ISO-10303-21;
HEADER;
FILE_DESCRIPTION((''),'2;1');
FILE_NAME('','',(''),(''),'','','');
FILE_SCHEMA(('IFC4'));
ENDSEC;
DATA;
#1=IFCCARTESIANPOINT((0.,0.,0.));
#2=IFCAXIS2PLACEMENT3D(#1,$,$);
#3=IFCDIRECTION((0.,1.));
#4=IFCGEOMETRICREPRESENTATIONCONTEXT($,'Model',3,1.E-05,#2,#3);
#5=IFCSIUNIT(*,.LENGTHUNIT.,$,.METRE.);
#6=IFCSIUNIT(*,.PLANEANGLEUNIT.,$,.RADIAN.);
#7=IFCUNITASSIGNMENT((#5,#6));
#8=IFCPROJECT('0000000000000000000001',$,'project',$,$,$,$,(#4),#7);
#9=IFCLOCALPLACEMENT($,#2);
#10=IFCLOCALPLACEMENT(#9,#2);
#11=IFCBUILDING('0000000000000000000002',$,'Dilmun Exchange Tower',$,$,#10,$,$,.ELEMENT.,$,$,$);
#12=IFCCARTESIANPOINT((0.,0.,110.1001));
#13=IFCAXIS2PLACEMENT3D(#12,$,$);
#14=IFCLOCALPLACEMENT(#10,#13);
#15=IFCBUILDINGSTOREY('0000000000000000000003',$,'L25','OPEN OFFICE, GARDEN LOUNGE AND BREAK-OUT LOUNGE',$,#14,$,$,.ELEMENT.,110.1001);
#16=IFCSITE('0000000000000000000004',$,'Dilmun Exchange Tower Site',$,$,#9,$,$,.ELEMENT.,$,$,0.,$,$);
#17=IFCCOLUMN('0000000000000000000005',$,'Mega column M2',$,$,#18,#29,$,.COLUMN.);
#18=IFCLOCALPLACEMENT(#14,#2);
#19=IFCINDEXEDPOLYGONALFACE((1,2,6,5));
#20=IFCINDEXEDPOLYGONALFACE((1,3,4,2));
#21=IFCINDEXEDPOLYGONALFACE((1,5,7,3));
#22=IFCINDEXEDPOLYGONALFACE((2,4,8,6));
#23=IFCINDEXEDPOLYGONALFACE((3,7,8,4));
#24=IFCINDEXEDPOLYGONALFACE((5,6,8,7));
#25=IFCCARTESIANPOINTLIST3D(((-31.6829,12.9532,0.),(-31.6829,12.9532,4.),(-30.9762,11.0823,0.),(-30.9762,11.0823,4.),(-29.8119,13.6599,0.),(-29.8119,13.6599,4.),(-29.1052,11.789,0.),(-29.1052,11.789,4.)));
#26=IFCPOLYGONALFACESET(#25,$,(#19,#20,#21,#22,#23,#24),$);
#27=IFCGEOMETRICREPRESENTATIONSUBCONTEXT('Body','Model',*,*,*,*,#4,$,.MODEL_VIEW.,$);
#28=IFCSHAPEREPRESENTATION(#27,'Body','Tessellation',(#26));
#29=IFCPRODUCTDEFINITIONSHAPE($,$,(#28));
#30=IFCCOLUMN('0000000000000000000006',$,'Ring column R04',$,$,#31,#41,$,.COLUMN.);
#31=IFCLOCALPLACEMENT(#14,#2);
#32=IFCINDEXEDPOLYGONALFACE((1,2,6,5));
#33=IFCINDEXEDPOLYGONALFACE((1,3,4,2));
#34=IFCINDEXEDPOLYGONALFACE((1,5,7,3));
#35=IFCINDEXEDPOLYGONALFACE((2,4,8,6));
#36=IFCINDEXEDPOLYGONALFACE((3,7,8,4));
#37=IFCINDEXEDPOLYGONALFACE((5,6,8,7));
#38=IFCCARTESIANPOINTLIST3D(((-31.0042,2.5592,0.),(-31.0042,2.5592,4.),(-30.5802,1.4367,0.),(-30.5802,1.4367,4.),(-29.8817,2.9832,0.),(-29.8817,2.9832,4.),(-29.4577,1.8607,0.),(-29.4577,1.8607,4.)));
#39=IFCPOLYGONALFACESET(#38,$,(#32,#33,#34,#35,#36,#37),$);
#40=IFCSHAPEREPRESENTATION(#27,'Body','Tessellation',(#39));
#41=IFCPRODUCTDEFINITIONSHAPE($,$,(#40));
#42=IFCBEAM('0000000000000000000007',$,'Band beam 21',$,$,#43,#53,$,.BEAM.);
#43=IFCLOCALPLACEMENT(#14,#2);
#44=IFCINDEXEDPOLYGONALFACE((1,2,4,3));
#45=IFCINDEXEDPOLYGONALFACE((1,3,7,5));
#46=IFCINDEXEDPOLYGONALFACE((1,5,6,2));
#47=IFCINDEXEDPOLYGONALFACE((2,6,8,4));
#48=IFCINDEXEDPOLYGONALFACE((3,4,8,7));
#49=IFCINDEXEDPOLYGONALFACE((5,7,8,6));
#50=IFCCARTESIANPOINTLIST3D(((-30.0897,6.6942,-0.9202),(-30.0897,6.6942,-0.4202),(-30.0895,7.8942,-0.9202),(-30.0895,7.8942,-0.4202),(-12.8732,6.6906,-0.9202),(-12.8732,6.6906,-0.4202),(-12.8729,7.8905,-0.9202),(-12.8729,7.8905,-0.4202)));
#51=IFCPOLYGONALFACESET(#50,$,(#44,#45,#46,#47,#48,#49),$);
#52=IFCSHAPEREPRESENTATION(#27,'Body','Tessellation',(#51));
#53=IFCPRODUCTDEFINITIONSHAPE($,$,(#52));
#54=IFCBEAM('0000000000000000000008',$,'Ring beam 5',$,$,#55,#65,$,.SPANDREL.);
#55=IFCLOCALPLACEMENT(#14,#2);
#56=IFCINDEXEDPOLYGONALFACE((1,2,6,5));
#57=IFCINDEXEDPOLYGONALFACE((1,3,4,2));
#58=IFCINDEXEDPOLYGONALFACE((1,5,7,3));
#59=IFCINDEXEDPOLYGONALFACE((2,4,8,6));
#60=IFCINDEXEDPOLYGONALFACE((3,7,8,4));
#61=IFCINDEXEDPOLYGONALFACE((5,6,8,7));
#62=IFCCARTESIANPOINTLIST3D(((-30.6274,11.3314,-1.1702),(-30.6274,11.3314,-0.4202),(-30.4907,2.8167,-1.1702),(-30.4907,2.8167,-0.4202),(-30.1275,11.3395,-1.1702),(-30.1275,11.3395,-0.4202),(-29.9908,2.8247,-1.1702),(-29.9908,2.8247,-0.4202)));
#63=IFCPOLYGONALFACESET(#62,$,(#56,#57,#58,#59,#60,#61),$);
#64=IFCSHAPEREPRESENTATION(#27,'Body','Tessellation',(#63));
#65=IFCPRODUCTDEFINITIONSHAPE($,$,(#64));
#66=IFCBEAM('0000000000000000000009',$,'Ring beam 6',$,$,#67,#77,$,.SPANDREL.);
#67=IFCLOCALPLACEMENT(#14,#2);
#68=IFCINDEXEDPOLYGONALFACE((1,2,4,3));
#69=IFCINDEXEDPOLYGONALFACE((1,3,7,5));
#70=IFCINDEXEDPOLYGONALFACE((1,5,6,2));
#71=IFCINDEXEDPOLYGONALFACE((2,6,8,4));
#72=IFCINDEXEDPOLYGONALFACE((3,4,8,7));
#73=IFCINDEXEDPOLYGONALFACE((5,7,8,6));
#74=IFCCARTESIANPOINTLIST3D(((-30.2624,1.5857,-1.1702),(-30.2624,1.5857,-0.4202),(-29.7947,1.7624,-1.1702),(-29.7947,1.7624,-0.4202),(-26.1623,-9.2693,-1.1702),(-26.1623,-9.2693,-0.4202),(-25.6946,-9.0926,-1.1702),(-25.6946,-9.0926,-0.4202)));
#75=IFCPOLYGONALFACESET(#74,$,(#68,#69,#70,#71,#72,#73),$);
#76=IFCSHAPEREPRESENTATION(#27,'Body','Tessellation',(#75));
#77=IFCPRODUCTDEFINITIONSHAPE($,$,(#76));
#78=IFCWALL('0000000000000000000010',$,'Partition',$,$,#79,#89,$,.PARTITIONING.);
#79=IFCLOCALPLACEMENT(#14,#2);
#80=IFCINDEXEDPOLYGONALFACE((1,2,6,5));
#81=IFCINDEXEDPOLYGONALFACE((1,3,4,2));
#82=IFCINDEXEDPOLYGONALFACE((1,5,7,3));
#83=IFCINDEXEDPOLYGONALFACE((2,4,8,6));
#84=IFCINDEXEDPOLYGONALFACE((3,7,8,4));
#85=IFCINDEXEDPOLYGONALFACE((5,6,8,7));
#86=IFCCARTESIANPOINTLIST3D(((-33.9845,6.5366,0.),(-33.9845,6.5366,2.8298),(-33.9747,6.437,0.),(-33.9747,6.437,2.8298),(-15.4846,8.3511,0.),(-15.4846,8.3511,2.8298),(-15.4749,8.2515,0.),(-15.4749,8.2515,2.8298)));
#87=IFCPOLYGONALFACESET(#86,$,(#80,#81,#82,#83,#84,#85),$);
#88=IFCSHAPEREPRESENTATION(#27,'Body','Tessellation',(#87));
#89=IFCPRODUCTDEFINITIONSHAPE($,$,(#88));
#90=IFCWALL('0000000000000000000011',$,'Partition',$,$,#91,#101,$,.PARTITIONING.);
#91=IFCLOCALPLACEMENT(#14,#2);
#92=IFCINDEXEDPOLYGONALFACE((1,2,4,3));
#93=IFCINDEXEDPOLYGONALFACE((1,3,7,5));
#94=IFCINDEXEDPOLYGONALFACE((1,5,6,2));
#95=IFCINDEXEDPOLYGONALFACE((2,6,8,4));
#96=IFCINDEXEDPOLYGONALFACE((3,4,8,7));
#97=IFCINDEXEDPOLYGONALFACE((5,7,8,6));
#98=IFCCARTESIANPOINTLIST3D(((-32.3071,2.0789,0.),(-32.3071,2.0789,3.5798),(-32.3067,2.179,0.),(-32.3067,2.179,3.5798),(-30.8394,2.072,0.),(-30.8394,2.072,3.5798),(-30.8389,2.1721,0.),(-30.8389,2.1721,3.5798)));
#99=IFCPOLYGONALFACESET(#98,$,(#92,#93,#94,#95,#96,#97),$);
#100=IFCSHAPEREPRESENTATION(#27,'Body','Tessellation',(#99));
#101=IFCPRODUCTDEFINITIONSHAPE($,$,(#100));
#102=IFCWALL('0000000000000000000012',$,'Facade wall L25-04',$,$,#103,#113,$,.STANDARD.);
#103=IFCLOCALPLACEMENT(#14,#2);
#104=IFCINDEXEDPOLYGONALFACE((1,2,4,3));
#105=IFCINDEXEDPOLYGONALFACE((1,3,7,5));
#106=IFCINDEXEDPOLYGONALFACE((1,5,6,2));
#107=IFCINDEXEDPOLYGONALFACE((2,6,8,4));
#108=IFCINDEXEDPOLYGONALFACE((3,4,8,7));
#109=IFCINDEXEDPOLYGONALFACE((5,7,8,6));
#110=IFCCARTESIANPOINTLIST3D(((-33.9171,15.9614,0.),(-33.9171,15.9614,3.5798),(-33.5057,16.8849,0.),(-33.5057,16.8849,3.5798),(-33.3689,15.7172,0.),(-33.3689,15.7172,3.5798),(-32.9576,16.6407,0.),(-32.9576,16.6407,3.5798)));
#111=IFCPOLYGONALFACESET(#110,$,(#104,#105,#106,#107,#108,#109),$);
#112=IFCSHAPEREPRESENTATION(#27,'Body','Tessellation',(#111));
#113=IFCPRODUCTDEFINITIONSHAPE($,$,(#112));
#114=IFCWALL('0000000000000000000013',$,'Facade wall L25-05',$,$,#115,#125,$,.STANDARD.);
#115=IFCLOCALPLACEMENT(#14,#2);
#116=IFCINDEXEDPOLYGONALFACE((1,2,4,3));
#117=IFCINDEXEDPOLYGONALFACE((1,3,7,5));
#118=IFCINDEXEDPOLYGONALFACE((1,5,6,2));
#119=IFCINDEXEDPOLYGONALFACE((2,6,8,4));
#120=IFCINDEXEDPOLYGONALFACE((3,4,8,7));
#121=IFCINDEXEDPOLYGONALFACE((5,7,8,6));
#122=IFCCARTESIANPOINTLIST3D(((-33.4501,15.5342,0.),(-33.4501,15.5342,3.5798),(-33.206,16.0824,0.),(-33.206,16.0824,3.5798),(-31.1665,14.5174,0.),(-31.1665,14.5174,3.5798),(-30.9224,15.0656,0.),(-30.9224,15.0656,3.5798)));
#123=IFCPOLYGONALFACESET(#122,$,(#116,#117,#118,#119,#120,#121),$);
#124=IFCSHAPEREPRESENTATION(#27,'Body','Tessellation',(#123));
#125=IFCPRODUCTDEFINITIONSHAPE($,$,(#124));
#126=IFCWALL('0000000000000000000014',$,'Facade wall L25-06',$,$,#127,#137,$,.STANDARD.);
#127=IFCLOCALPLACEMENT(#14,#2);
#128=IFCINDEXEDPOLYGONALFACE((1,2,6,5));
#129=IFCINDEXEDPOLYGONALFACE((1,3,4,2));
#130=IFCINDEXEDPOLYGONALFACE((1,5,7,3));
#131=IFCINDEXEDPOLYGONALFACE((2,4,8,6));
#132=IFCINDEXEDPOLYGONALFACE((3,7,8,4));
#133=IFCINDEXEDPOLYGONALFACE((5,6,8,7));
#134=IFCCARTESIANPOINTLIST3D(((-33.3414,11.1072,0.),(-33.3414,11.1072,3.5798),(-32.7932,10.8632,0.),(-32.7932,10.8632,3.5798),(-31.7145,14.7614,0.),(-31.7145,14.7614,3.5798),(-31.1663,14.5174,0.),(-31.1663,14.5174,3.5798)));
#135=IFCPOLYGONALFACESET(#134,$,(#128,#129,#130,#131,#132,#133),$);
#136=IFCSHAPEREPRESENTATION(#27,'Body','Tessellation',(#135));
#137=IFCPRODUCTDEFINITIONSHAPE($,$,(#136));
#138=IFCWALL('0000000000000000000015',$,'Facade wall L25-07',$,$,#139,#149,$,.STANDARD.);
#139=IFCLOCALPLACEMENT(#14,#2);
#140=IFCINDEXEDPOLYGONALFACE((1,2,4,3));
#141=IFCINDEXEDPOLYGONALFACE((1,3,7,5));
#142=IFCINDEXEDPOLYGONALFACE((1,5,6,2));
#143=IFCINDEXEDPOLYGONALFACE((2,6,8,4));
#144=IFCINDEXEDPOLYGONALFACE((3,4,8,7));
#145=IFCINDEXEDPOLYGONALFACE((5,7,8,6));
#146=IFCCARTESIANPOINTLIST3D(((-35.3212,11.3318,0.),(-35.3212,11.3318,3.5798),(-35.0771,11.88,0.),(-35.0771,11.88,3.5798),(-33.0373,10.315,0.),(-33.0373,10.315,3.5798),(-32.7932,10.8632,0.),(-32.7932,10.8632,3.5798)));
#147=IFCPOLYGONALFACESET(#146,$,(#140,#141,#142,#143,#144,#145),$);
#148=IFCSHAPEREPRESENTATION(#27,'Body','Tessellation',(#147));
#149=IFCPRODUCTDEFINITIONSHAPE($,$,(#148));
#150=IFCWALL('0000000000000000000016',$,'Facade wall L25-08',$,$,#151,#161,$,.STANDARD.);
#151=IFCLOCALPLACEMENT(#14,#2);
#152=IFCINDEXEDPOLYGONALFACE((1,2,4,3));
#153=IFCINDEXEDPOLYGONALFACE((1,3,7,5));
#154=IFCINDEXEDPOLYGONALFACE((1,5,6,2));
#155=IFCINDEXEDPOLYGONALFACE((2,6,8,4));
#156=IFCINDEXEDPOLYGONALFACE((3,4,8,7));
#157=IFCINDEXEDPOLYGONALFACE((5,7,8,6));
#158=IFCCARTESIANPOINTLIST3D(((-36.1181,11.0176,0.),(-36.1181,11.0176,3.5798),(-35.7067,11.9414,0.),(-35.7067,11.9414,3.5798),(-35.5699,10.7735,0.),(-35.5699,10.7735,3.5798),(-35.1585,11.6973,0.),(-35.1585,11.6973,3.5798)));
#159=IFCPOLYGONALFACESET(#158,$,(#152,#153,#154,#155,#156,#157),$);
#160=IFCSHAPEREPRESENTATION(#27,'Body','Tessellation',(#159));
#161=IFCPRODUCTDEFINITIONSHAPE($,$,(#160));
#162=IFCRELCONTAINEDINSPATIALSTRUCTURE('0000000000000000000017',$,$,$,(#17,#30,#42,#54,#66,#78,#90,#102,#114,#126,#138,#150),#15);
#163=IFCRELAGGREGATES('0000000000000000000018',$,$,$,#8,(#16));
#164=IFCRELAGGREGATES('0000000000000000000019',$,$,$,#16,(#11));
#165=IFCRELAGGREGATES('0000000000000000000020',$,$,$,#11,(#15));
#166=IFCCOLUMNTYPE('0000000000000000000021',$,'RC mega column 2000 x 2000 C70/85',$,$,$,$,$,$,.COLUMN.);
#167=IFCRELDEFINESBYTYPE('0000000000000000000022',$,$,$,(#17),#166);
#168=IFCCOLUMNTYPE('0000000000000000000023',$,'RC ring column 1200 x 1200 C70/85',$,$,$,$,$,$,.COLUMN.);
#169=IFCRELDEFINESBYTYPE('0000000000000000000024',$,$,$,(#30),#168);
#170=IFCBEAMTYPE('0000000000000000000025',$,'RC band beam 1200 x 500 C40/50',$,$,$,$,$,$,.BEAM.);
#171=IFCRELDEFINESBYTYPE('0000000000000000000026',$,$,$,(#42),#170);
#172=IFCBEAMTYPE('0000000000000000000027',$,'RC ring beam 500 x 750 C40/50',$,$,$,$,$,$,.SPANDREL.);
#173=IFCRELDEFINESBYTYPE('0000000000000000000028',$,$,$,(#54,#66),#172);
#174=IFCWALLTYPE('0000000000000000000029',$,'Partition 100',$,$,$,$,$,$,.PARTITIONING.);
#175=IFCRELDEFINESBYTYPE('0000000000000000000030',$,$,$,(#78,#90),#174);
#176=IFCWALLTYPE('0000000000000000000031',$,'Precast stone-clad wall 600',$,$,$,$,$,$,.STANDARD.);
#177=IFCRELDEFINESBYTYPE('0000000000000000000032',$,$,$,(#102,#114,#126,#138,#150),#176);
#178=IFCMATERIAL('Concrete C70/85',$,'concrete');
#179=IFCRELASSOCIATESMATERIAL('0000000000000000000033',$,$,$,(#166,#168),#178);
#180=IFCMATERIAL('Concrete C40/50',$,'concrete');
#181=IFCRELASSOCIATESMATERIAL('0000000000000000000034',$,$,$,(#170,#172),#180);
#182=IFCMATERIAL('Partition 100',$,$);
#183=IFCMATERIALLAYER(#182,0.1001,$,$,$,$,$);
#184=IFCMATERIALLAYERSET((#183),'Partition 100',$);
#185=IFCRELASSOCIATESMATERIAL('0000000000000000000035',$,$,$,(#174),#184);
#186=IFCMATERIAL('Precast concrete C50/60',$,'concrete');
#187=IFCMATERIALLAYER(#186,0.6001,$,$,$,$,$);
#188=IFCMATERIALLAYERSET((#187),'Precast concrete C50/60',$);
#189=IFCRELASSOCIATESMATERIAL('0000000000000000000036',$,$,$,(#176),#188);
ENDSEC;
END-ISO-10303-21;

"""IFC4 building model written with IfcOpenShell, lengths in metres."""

from ifc_helpers import new_model, si_unit, direction, frame, frame_2d, origin, origin_2d, place, context, subcontext, project, spatial, rectangle, extrude, material, layer, layer_set, material_profile, profile_set, type_object, element, save


model = new_model("IFC4")

# Units and contexts
model_context = context("Model", 3, precision=1e-05, world=origin(), true_north=direction((0.0, 1.0)))
body_context = subcontext(model_context, "Body", "Model", "MODEL_VIEW")
ifc_project = project(units=[si_unit("LENGTHUNIT", "METRE"), si_unit("PLANEANGLEUNIT", "RADIAN")], contexts=[model_context])

# Site, building, storey
site_placement = place(None, origin())
site = spatial("IfcSite", under=ifc_project, at=site_placement, Name="Dilmun Exchange Tower Site", CompositionType="ELEMENT", RefElevation=0.0)
building_placement = place(site_placement, origin())
building = spatial("IfcBuilding", under=site, at=building_placement, Name="Dilmun Exchange Tower", CompositionType="ELEMENT")
storey_placement = place(building_placement, frame((0.0, 0.0, 110.1001)))
storey = spatial("IfcBuildingStorey", under=building, at=storey_placement, Name="L25", Description="OPEN OFFICE, GARDEN LOUNGE AND BREAK-OUT LOUNGE", CompositionType="ELEMENT", Elevation=110.1001)

# Columns
ifc_material_1 = material(Name="Concrete C70/85", Category="concrete")
ifc_material_profile_1 = material_profile(ifc_material_1, rectangle(XDim=2.0, YDim=2.0, at=origin_2d()), Name="2000 x 2000")
ifc_profile_set_1 = profile_set([ifc_material_profile_1], Name="Concrete C70/85")
column_type_1 = type_object("IfcColumnType", Name="RC mega column 2000 x 2000 C70/85", PredefinedType="COLUMN", material=ifc_profile_set_1)
column_1_placement = place(storey_placement, frame((-30.394, 12.3711, 0.0), z_axis=(0.0, 0.0, 1.0), x_axis=(0.935492, 0.353349, 0.0)))
element("IfcColumn", 1, at=column_1_placement, inside=storey, type_object=column_type_1, Name="Mega column M2", PredefinedType="COLUMN", context=body_context, shape_type="SweptSolid", body=[
    extrude(rectangle(XDim=2.0, YDim=2.0, at=origin_2d()), origin(), (0.0, 0.0, 1.0), 4.0),
])
ifc_material_profile_2 = material_profile(ifc_material_1, rectangle(XDim=1.2, YDim=1.2, at=origin_2d()), Name="1200 x 1200")
ifc_profile_set_2 = profile_set([ifc_material_profile_2], Name="Concrete C70/85")
column_type_2 = type_object("IfcColumnType", Name="RC ring column 1200 x 1200 C70/85", PredefinedType="COLUMN", material=ifc_profile_set_2)
column_2_placement = place(storey_placement, frame((-30.231, 2.21, 0.0), z_axis=(0.0, 0.0, 1.0), x_axis=(0.935492, 0.353349, 0.0)))
element("IfcColumn", 2, at=column_2_placement, inside=storey, type_object=column_type_2, Name="Ring column R04", PredefinedType="COLUMN", context=body_context, shape_type="SweptSolid", body=[
    extrude(rectangle(XDim=1.2, YDim=1.2, at=origin_2d()), origin(), (0.0, 0.0, 1.0), 4.0),
])

# Beams
ifc_material_2 = material(Name="Concrete C40/50", Category="concrete")
ifc_material_profile_3 = material_profile(ifc_material_2, rectangle(XDim=1.2, YDim=0.5, at=origin_2d()), Name="1200 x 500")
ifc_profile_set_3 = profile_set([ifc_material_profile_3], Name="Concrete C40/50")
beam_type_1 = type_object("IfcBeamType", Name="RC band beam 1200 x 500 C40/50", PredefinedType="BEAM", material=ifc_profile_set_3)
beam_1_placement = place(storey_placement, frame((-30.0896, 7.2942, -0.6702), z_axis=(1.0, -0.000213, 0.0), x_axis=(0.000213, 1.0, 0.0)))
element("IfcBeam", 3, at=beam_1_placement, inside=storey, type_object=beam_type_1, Name="Band beam 21", PredefinedType="BEAM", context=body_context, shape_type="SweptSolid", body=[
    extrude(rectangle(XDim=1.2, YDim=0.5, at=origin_2d()), origin(), (0.0, 0.0, 1.0), 17.2166),
])
ifc_material_profile_4 = material_profile(ifc_material_2, rectangle(XDim=0.5, YDim=0.75, at=origin_2d()), Name="500 x 750")
ifc_profile_set_4 = profile_set([ifc_material_profile_4], Name="Concrete C40/50")
beam_type_2 = type_object("IfcBeamType", Name="RC ring beam 500 x 750 C40/50", PredefinedType="SPANDREL", material=ifc_profile_set_4)
beam_2_placement = place(storey_placement, frame((-30.3774, 11.3354, -0.7952), z_axis=(0.016054, -0.999871, 0.0), x_axis=(0.999871, 0.016054, 0.0)))
element("IfcBeam", 4, at=beam_2_placement, inside=storey, type_object=beam_type_2, Name="Ring beam 5", PredefinedType="SPANDREL", context=body_context, shape_type="SweptSolid", body=[
    extrude(rectangle(XDim=0.5, YDim=0.75, at=origin_2d()), origin(), (0.0, 0.0, 1.0), 8.5159),
])
beam_3_placement = place(storey_placement, frame((-30.0286, 1.6741, -0.7952), z_axis=(0.35335, -0.935491, 0.0), x_axis=(0.935491, 0.35335, 0.0)))
element("IfcBeam", 5, at=beam_3_placement, inside=storey, type_object=beam_type_2, Name="Ring beam 6", PredefinedType="SPANDREL", context=body_context, shape_type="SweptSolid", body=[
    extrude(rectangle(XDim=0.5, YDim=0.75, at=origin_2d()), origin(), (0.0, 0.0, 1.0), 11.6035),
])

# Walls
ifc_material_3 = material(Name="Partition 100")
ifc_layer_1 = layer(ifc_material_3, 0.1001)
ifc_layer_set_1 = layer_set([ifc_layer_1], Name="Partition 100")
wall_type_1 = type_object("IfcWallType", Name="Partition 100", PredefinedType="PARTITIONING", material=ifc_layer_set_1)
wall_1_placement = place(storey_placement, frame((-33.9797, 6.4868, 0.0), z_axis=(0.0, 0.0, 1.0), x_axis=(0.995225, 0.097611, 0.0)))
element("IfcWall", 6, at=wall_1_placement, inside=storey, type_object=wall_type_1, Name="Partition", PredefinedType="PARTITIONING", context=body_context, shape_type="SweptSolid", body=[
    extrude(rectangle(XDim=18.5886, YDim=0.1001, at=frame_2d((9.2944, 0.0))), origin(), (0.0, 0.0, 1.0), 2.8298),
])
wall_2_placement = place(storey_placement, frame((-32.3069, 2.1289, 0.0), z_axis=(0.0, 0.0, 1.0), x_axis=(0.999989, -0.004657, 0.0)))
element("IfcWall", 7, at=wall_2_placement, inside=storey, type_object=wall_type_1, Name="Partition", PredefinedType="PARTITIONING", context=body_context, shape_type="SweptSolid", body=[
    extrude(rectangle(XDim=1.4678, YDim=0.1001, at=frame_2d((0.7339, 0.0))), origin(), (0.0, 0.0, 1.0), 3.5798),
])
ifc_material_4 = material(Name="Precast concrete C50/60", Category="concrete")
ifc_layer_2 = layer(ifc_material_4, 0.6001)
ifc_layer_set_2 = layer_set([ifc_layer_2], Name="Precast concrete C50/60")
wall_type_2 = type_object("IfcWallType", Name="Precast stone-clad wall 600", PredefinedType="STANDARD", material=ifc_layer_set_2)
wall_3_placement = place(storey_placement, frame((-33.2317, 16.7627, 0.0), z_axis=(0.0, 0.0, 1.0), x_axis=(-0.406878, -0.913483, 0.0)))
element("IfcWall", 8, at=wall_3_placement, inside=storey, type_object=wall_type_2, Name="Facade wall L25-04", PredefinedType="STANDARD", context=body_context, shape_type="SweptSolid", body=[
    extrude(rectangle(XDim=1.011, YDim=0.6001, at=frame_2d((0.5054, 0.0))), origin(), (0.0, 0.0, 1.0), 3.5798),
])
wall_4_placement = place(storey_placement, frame((-33.3281, 15.8083, 0.0), z_axis=(0.0, 0.0, 1.0), x_axis=(0.913533, -0.406764, 0.0)))
element("IfcWall", 9, at=wall_4_placement, inside=storey, type_object=wall_type_2, Name="Facade wall L25-05", PredefinedType="STANDARD", context=body_context, shape_type="SweptSolid", body=[
    extrude(rectangle(XDim=2.4998, YDim=0.6001, at=frame_2d((1.25, 0.0))), origin(), (0.0, 0.0, 1.0), 3.5798),
])
wall_5_placement = place(storey_placement, frame((-31.4404, 14.6394, 0.0), z_axis=(0.0, 0.0, 1.0), x_axis=(-0.406727, -0.91355, 0.0)))
element("IfcWall", 10, at=wall_5_placement, inside=storey, type_object=wall_type_2, Name="Facade wall L25-06", PredefinedType="STANDARD", context=body_context, shape_type="SweptSolid", body=[
    extrude(rectangle(XDim=4.0, YDim=0.6001, at=frame_2d((2.0, 0.0))), origin(), (0.0, 0.0, 1.0), 3.5798),
])
wall_6_placement = place(storey_placement, frame((-32.9153, 10.5891, 0.0), z_axis=(0.0, 0.0, 1.0), x_axis=(-0.91355, 0.406727, 0.0)))
element("IfcWall", 11, at=wall_6_placement, inside=storey, type_object=wall_type_2, Name="Facade wall L25-07", PredefinedType="STANDARD", context=body_context, shape_type="SweptSolid", body=[
    extrude(rectangle(XDim=2.5, YDim=0.6001, at=frame_2d((1.25, 0.0))), origin(), (0.0, 0.0, 1.0), 3.5798),
])
wall_7_placement = place(storey_placement, frame((-35.4326, 11.8193, 0.0), z_axis=(0.0, 0.0, 1.0), x_axis=(-0.406788, -0.913523, 0.0)))
element("IfcWall", 12, at=wall_7_placement, inside=storey, type_object=wall_type_2, Name="Facade wall L25-08", PredefinedType="STANDARD", context=body_context, shape_type="SweptSolid", body=[
    extrude(rectangle(XDim=1.0112, YDim=0.6001, at=frame_2d((0.5056, 0.0))), origin(), (0.0, 0.0, 1.0), 3.5798),
])

save(model, "model.ifc")
